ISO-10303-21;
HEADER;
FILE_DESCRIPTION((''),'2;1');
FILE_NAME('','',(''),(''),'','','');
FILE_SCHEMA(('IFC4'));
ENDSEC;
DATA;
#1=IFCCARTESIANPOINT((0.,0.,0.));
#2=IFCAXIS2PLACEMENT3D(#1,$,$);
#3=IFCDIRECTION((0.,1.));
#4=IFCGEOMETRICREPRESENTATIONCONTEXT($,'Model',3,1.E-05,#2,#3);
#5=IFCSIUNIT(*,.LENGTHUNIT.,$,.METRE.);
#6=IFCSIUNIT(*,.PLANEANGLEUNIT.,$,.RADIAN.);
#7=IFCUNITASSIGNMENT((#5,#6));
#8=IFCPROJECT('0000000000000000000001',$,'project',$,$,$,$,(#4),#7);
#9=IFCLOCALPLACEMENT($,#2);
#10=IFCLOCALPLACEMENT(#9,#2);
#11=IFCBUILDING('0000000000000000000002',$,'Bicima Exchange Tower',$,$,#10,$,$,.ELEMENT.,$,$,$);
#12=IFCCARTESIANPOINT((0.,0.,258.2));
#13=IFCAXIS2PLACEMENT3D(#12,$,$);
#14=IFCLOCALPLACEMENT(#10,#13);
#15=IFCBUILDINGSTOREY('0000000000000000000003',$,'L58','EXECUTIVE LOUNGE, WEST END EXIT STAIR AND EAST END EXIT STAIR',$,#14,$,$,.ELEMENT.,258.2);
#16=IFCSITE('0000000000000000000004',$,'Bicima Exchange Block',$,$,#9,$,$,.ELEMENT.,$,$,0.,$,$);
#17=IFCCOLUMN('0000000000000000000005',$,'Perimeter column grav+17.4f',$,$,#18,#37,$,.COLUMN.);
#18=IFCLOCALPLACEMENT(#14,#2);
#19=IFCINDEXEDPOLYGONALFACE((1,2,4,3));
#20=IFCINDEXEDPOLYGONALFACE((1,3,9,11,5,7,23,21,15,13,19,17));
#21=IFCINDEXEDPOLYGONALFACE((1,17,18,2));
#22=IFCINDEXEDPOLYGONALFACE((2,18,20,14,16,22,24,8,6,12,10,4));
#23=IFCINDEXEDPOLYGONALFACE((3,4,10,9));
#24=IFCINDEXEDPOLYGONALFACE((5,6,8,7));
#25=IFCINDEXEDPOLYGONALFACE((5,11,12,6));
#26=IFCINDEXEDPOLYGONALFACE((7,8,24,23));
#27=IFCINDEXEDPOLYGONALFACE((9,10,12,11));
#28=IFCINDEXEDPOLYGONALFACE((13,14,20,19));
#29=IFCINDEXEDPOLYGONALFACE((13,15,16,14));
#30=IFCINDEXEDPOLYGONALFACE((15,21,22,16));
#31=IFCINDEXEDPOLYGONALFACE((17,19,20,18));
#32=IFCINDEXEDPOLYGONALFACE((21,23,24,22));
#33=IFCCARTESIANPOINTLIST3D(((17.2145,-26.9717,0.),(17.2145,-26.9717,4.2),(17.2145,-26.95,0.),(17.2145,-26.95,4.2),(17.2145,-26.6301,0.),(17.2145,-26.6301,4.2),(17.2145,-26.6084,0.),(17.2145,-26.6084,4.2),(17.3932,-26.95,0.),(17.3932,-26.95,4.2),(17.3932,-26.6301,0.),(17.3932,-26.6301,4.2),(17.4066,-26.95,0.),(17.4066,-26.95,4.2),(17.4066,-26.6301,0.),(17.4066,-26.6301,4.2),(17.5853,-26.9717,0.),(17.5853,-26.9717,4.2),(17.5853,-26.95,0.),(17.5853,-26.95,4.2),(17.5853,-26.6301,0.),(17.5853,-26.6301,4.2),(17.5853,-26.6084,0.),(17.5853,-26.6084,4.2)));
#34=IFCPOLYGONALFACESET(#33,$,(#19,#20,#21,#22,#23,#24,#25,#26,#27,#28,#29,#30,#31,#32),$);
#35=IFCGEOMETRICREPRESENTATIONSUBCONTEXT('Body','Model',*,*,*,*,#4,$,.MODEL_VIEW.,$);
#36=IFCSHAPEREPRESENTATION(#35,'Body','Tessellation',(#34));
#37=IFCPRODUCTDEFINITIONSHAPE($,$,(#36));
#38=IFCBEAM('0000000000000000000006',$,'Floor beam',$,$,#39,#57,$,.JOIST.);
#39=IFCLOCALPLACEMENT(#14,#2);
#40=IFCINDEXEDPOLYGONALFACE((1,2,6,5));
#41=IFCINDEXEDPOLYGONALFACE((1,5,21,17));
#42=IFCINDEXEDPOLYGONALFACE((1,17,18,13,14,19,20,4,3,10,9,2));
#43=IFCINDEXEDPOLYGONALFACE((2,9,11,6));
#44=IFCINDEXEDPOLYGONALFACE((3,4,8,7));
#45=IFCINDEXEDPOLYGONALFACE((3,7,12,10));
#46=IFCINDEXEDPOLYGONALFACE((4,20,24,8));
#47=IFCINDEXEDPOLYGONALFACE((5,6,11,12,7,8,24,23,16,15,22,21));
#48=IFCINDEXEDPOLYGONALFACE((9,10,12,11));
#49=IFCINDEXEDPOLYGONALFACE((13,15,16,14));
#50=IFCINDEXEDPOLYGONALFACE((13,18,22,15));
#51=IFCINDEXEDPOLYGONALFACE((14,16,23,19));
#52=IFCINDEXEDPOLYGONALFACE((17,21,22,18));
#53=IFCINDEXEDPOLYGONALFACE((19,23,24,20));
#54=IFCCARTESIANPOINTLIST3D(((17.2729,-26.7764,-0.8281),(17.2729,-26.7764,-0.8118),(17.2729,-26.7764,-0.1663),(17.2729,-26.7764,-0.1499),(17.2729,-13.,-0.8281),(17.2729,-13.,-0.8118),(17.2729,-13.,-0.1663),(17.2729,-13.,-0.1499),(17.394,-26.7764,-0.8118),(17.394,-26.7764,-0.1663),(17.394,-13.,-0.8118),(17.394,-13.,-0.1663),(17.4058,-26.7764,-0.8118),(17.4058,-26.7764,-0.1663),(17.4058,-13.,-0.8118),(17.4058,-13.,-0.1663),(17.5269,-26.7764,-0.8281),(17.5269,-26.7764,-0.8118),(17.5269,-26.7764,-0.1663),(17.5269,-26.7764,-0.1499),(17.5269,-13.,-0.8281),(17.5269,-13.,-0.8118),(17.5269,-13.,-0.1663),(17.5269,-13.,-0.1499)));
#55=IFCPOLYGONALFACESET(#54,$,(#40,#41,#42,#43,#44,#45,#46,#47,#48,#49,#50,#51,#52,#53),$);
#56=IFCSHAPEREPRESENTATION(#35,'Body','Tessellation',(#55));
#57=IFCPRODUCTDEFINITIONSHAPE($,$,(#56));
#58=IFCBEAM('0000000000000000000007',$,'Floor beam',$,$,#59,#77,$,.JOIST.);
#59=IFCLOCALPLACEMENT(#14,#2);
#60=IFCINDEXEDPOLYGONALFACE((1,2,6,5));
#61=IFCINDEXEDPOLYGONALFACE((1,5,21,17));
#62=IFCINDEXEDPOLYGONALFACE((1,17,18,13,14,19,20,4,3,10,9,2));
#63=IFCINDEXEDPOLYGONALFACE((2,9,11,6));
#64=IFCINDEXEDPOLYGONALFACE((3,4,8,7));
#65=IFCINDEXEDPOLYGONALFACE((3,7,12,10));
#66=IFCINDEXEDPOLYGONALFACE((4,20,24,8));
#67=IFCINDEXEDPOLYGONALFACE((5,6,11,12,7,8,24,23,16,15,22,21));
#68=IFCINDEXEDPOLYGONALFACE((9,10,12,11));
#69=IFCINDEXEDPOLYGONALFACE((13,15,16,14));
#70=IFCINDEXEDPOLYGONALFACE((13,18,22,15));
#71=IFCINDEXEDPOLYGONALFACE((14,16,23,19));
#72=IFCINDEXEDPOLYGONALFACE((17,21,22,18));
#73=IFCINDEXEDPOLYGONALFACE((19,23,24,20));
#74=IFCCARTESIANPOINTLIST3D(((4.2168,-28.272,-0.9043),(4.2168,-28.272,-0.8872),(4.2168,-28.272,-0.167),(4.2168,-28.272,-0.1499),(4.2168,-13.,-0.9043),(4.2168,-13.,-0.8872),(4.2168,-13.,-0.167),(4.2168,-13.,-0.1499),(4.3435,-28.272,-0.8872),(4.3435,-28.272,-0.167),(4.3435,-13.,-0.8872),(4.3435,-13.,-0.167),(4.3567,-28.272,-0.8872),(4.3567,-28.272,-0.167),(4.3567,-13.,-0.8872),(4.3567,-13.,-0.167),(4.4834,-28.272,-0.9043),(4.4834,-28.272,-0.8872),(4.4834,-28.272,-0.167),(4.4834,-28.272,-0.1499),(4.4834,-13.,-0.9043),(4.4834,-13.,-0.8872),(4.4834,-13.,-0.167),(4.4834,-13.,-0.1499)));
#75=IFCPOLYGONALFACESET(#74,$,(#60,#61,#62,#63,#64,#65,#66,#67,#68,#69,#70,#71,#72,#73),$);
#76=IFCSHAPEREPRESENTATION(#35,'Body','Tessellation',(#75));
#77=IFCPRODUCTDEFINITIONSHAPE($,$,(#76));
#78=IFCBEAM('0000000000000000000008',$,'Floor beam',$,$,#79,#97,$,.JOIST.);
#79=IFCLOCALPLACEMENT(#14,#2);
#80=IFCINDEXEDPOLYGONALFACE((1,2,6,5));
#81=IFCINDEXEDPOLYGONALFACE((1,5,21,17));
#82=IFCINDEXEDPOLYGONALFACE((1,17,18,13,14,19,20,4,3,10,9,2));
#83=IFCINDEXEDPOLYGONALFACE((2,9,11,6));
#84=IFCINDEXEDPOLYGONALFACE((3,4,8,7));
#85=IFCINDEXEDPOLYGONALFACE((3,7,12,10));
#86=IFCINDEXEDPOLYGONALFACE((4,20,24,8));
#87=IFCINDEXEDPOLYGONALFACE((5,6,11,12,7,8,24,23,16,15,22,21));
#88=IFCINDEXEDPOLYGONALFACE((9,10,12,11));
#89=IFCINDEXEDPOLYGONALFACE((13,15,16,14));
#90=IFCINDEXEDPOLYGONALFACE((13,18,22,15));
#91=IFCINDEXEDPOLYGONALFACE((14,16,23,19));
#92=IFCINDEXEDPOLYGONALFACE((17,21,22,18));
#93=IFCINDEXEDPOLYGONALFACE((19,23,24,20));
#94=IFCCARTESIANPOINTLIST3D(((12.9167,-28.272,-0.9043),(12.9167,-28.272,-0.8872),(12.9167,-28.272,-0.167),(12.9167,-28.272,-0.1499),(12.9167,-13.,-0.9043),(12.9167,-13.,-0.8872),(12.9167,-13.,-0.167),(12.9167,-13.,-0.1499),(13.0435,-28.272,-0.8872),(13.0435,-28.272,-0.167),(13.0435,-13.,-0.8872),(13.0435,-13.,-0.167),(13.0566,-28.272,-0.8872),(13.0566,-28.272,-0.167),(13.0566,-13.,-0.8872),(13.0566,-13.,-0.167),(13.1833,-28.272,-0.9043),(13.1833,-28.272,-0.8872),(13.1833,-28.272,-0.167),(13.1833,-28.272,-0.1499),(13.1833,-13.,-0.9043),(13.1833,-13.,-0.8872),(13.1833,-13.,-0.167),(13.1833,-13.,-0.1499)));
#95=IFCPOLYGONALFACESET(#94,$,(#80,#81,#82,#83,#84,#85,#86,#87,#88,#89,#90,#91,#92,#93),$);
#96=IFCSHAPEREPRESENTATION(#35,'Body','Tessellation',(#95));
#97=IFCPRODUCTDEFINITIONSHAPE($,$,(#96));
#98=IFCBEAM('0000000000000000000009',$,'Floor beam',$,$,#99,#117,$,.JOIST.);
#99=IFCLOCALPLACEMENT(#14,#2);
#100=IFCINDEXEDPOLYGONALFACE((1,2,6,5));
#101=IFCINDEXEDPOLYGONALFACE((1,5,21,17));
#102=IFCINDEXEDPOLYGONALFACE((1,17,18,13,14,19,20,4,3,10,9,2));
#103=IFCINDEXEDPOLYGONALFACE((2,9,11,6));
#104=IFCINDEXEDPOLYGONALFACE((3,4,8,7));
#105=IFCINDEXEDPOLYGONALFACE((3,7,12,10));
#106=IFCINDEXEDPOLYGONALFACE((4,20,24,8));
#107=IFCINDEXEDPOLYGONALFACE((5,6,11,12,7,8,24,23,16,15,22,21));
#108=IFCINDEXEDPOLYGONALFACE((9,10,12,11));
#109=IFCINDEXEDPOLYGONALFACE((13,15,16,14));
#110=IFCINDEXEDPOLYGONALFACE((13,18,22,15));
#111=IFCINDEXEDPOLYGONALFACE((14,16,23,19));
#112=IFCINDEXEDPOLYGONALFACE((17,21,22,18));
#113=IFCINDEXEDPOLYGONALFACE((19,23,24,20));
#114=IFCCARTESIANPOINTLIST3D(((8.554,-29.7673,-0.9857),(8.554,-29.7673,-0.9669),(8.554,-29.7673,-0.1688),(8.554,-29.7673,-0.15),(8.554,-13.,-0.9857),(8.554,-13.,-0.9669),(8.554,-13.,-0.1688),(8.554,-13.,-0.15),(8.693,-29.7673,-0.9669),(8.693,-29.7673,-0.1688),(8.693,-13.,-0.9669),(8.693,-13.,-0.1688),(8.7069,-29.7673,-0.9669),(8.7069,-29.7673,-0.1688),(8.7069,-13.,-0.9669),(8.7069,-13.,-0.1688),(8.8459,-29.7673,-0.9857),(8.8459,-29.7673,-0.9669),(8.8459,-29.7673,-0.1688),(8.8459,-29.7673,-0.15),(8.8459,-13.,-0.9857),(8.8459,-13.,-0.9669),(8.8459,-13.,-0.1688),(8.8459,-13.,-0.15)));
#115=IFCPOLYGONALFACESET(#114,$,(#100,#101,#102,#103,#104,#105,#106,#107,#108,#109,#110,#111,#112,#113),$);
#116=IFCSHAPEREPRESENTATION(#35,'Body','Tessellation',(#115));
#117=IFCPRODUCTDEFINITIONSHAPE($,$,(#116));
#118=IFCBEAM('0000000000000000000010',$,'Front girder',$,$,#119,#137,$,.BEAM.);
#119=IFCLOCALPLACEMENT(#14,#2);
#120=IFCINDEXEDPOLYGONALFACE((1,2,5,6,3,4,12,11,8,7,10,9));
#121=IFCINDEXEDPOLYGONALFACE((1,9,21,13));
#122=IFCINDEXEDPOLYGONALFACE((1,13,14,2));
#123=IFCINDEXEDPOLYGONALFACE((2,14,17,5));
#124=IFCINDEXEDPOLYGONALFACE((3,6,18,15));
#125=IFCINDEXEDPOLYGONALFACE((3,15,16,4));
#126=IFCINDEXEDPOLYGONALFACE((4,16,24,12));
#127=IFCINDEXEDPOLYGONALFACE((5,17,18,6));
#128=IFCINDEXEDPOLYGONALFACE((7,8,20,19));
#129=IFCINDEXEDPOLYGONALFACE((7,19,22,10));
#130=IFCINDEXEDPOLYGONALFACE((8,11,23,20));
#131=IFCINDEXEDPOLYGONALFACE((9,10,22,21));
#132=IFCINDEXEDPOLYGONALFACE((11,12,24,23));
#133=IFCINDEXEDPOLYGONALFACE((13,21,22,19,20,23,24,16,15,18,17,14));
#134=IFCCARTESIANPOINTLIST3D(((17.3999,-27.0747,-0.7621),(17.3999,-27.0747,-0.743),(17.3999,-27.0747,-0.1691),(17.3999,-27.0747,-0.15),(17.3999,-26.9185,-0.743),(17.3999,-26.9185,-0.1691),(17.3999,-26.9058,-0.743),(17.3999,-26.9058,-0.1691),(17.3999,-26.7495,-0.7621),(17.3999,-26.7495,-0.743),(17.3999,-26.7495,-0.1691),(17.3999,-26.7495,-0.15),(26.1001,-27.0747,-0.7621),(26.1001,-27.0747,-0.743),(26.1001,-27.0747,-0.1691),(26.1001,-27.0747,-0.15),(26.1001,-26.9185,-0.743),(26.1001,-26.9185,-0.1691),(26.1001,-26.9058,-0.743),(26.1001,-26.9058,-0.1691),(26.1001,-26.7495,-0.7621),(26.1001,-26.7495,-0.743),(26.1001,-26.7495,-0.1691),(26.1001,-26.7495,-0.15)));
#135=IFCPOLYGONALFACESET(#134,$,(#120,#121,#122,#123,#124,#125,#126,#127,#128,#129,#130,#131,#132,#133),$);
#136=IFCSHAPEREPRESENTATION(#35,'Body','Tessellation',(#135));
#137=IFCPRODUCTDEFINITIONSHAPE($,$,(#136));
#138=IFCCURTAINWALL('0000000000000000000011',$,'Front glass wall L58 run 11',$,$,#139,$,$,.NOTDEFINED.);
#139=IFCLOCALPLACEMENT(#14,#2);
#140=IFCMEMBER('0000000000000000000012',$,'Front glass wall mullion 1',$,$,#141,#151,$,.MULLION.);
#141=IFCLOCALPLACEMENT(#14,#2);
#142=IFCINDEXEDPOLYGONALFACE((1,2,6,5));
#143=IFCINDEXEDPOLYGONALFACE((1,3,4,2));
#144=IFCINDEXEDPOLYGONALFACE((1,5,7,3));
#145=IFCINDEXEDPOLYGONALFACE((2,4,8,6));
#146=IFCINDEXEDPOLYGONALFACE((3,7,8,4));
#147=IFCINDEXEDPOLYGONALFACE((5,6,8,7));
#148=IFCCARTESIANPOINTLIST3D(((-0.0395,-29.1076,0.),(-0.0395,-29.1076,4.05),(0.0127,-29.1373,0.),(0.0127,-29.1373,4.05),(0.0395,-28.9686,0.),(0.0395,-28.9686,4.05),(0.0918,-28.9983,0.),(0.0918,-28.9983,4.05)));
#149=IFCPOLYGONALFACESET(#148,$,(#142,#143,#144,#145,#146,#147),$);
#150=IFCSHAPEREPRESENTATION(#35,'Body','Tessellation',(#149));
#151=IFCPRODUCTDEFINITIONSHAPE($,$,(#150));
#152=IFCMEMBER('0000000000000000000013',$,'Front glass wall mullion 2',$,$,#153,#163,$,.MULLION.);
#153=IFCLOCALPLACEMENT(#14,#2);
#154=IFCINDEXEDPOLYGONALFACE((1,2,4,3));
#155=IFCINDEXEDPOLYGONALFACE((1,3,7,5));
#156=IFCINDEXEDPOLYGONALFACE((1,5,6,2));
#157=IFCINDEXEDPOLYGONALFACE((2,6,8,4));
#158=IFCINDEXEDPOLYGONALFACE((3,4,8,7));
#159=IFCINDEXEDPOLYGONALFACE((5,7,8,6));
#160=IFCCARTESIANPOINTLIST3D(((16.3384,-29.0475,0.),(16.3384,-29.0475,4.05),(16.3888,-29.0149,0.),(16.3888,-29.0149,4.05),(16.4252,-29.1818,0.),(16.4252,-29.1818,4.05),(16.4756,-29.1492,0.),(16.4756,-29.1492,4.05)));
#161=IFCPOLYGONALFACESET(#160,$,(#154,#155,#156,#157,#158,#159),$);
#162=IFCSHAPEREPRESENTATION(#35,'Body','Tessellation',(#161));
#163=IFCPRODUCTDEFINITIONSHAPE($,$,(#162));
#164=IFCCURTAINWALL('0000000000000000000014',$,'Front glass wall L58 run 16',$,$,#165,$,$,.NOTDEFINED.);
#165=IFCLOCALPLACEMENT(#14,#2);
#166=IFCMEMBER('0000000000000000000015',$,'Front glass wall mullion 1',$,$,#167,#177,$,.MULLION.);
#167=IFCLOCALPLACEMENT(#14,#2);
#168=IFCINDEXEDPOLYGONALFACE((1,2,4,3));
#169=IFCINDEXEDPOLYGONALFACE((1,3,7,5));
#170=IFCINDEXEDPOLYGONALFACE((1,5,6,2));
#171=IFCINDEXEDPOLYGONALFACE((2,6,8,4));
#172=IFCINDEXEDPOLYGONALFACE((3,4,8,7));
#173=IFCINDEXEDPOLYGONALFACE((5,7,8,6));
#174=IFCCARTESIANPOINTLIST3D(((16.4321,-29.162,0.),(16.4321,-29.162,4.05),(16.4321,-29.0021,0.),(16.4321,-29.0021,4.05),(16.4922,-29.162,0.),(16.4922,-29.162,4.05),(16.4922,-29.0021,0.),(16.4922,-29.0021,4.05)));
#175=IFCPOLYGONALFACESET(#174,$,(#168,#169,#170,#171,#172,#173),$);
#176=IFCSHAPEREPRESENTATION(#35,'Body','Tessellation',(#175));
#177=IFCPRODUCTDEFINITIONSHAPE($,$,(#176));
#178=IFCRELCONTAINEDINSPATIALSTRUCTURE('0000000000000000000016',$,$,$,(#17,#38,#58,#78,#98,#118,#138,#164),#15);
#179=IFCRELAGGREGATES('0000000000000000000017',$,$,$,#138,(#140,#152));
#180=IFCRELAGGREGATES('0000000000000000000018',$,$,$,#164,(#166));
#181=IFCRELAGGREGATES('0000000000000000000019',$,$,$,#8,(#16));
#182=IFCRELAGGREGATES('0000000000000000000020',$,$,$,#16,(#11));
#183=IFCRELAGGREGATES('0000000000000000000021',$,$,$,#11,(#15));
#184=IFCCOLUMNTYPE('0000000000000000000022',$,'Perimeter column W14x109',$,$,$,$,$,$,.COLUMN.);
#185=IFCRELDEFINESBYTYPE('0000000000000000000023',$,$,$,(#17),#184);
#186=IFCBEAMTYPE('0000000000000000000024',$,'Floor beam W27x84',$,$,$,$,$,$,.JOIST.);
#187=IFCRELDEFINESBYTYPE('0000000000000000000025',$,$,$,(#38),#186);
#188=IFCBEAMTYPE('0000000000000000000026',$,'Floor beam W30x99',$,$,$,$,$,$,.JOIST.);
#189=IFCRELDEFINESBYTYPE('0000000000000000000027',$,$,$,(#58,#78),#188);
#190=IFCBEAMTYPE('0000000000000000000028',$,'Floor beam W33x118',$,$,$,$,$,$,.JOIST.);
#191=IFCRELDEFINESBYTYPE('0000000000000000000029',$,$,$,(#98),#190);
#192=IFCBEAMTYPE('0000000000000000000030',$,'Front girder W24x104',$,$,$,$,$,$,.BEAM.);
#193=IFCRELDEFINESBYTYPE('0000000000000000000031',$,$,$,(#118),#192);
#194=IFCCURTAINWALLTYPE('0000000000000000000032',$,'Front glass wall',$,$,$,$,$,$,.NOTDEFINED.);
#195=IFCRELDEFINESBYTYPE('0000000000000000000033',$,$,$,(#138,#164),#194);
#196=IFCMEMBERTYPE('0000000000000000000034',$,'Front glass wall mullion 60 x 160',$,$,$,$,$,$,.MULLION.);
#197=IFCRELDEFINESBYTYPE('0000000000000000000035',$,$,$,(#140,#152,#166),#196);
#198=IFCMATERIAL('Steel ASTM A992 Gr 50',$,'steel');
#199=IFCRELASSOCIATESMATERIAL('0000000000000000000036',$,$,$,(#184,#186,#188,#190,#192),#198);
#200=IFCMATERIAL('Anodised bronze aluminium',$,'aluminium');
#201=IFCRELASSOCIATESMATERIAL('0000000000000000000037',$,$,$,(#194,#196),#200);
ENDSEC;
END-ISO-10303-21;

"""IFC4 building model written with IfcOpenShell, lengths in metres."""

from ifc_helpers import new_model, si_unit, direction, frame, origin, origin_2d, place, context, subcontext, project, spatial, rectangle, i_section, extrude, material, material_profile, profile_set, type_object, element, aggregate, save


model = new_model("IFC4")

# Units and contexts
model_context = context("Model", 3, precision=1e-05, world=origin(), true_north=direction((0.0, 1.0)))
body_context = subcontext(model_context, "Body", "Model", "MODEL_VIEW")
ifc_project = project(units=[si_unit("LENGTHUNIT", "METRE"), si_unit("PLANEANGLEUNIT", "RADIAN")], contexts=[model_context])

# Site, building, storey
site_placement = place(None, origin())
site = spatial("IfcSite", under=ifc_project, at=site_placement, Name="Bicima Exchange Block", CompositionType="ELEMENT", RefElevation=0.0)
building_placement = place(site_placement, origin())
building = spatial("IfcBuilding", under=site, at=building_placement, Name="Bicima Exchange Tower", CompositionType="ELEMENT")
storey_placement = place(building_placement, frame((0.0, 0.0, 258.2)))
storey = spatial("IfcBuildingStorey", under=building, at=storey_placement, Name="L58", Description="EXECUTIVE LOUNGE, WEST END EXIT STAIR AND EAST END EXIT STAIR", CompositionType="ELEMENT", Elevation=258.2)

# Column
ifc_material_1 = material(Name="Steel ASTM A992 Gr 50", Category="steel")
ifc_material_profile_1 = material_profile(ifc_material_1, i_section(OverallWidth=0.3708, OverallDepth=0.3633, WebThickness=0.0134, FlangeThickness=0.0217, at=origin_2d()))
ifc_profile_set_1 = profile_set([ifc_material_profile_1], Name="Steel ASTM A992 Gr 50")
column_type = type_object("IfcColumnType", Name="Perimeter column W14x109", PredefinedType="COLUMN", material=ifc_profile_set_1)
column_placement = place(storey_placement, frame((17.3999, -26.79, 0.0), z_axis=(0.0, 0.0, 1.0), x_axis=(1.0, 0.0, 0.0)))
element("IfcColumn", 1, at=column_placement, inside=storey, type_object=column_type, Name="Perimeter column grav+17.4f", PredefinedType="COLUMN", context=body_context, shape_type="SweptSolid", body=[
    extrude(i_section(OverallWidth=0.3708, OverallDepth=0.3633, WebThickness=0.0134, FlangeThickness=0.0217, at=origin_2d()), origin(), (0.0, 0.0, 1.0), 4.2),
])

# Beams
ifc_material_profile_2 = material_profile(ifc_material_1, i_section(OverallWidth=0.2539, OverallDepth=0.6782, WebThickness=0.0117, FlangeThickness=0.0164, at=origin_2d()))
ifc_profile_set_2 = profile_set([ifc_material_profile_2], Name="Steel ASTM A992 Gr 50")
beam_type_1 = type_object("IfcBeamType", Name="Floor beam W27x84", PredefinedType="JOIST", material=ifc_profile_set_2)
beam_1_placement = place(storey_placement, frame((17.3999, -13.0, -0.489), z_axis=(0.0, -1.0, 0.0), x_axis=(1.0, 0.0, 0.0)))
element("IfcBeam", 2, at=beam_1_placement, inside=storey, type_object=beam_type_1, Name="Floor beam", PredefinedType="JOIST", context=body_context, shape_type="SweptSolid", body=[
    extrude(i_section(OverallWidth=0.2539, OverallDepth=0.6782, WebThickness=0.0117, FlangeThickness=0.0164, at=origin_2d()), origin(), (0.0, 0.0, 1.0), 13.7764),
])
ifc_material_profile_3 = material_profile(ifc_material_1, i_section(OverallWidth=0.2666, OverallDepth=0.7544, WebThickness=0.0132, FlangeThickness=0.0171, at=origin_2d()))
ifc_profile_set_3 = profile_set([ifc_material_profile_3], Name="Steel ASTM A992 Gr 50")
beam_type_2 = type_object("IfcBeamType", Name="Floor beam W30x99", PredefinedType="JOIST", material=ifc_profile_set_3)
for number, where, z_axis, x_axis, name in (
    (3, (4.3501, -13.0, -0.5271), (0.0, -1.0, 0.0), (1.0, 0.0, 0.0), "Floor beam"),
    (4, (13.05, -13.0, -0.5271), (0.0, -1.0, 0.0), (1.0, 0.0, 0.0), "Floor beam"),
):
    element("IfcBeam", number, at=place(storey_placement, frame(where, z_axis=z_axis, x_axis=x_axis)), inside=storey, type_object=beam_type_2, Name=name, PredefinedType="JOIST", context=body_context, shape_type="SweptSolid", body=[
        extrude(i_section(OverallWidth=0.2666, OverallDepth=0.7544, WebThickness=0.0132, FlangeThickness=0.0171, at=origin_2d()), origin(), (0.0, 0.0, 1.0), 15.272),
    ])
ifc_material_profile_4 = material_profile(ifc_material_1, i_section(OverallWidth=0.292, OverallDepth=0.8357, WebThickness=0.0139, FlangeThickness=0.0188, at=origin_2d()))
ifc_profile_set_4 = profile_set([ifc_material_profile_4], Name="Steel ASTM A992 Gr 50")
beam_type_3 = type_object("IfcBeamType", Name="Floor beam W33x118", PredefinedType="JOIST", material=ifc_profile_set_4)
beam_2_placement = place(storey_placement, frame((8.7, -13.0, -0.5679), z_axis=(0.0, -1.0, 0.0), x_axis=(1.0, 0.0, 0.0)))
element("IfcBeam", 5, at=beam_2_placement, inside=storey, type_object=beam_type_3, Name="Floor beam", PredefinedType="JOIST", context=body_context, shape_type="SweptSolid", body=[
    extrude(i_section(OverallWidth=0.292, OverallDepth=0.8357, WebThickness=0.0139, FlangeThickness=0.0188, at=origin_2d()), origin(), (0.0, 0.0, 1.0), 16.7673),
])
ifc_material_profile_5 = material_profile(ifc_material_1, i_section(OverallWidth=0.3252, OverallDepth=0.6121, WebThickness=0.0127, FlangeThickness=0.019, at=origin_2d()))
ifc_profile_set_5 = profile_set([ifc_material_profile_5], Name="Steel ASTM A992 Gr 50")
beam_type_4 = type_object("IfcBeamType", Name="Front girder W24x104", PredefinedType="BEAM", material=ifc_profile_set_5)
beam_3_placement = place(storey_placement, frame((17.3999, -26.9121, -0.4561), z_axis=(1.0, 0.0, 0.0), x_axis=(0.0, 1.0, 0.0)))
element("IfcBeam", 6, at=beam_3_placement, inside=storey, type_object=beam_type_4, Name="Front girder", PredefinedType="BEAM", context=body_context, shape_type="SweptSolid", body=[
    extrude(i_section(OverallWidth=0.3252, OverallDepth=0.6121, WebThickness=0.0127, FlangeThickness=0.019, at=origin_2d()), origin(), (0.0, 0.0, 1.0), 8.7002),
])

# Curtain wall, members
ifc_material_2 = material(Name="Anodised bronze aluminium", Category="aluminium")
curtain_wall_type = type_object("IfcCurtainWallType", Name="Front glass wall", PredefinedType="NOTDEFINED", material=ifc_material_2)
curtain_wall_1_placement = place(storey_placement, origin())
curtain_wall_1 = element("IfcCurtainWall", 7, at=curtain_wall_1_placement, inside=storey, type_object=curtain_wall_type, Name="Front glass wall L58 run 11", PredefinedType="NOTDEFINED")
ifc_material_profile_6 = material_profile(ifc_material_2, rectangle(XDim=0.1599, YDim=0.0601, at=origin_2d()))
ifc_profile_set_6 = profile_set([ifc_material_profile_6], Name="Anodised bronze aluminium")
member_type_1 = type_object("IfcMemberType", Name="Front glass wall mullion 60 x 160", PredefinedType="MULLION", material=ifc_profile_set_6)
member_1_placement = place(storey_placement, frame((0.0261, -29.053, 0.0), z_axis=(0.0, 0.0, 1.0), x_axis=(0.49433, 0.869274, 0.0)))
member_1 = element("IfcMember", 8, at=member_1_placement, type_object=member_type_1, Name="Front glass wall mullion 1", PredefinedType="MULLION", context=body_context, shape_type="SweptSolid", body=[
    extrude(rectangle(XDim=0.1599, YDim=0.0601, at=origin_2d()), origin(), (0.0, 0.0, 1.0), 4.05),
])
member_2_placement = place(storey_placement, frame((16.407, -29.0984, 0.0), z_axis=(0.0, 0.0, 1.0), x_axis=(-0.542909, 0.839791, 0.0)))
member_2 = element("IfcMember", 9, at=member_2_placement, type_object=member_type_1, Name="Front glass wall mullion 2", PredefinedType="MULLION", context=body_context, shape_type="SweptSolid", body=[
    extrude(rectangle(XDim=0.1599, YDim=0.0601, at=origin_2d()), origin(), (0.0, 0.0, 1.0), 4.05),
])

# Curtain wall, member
curtain_wall_2_placement = place(storey_placement, origin())
curtain_wall_2 = element("IfcCurtainWall", 10, at=curtain_wall_2_placement, inside=storey, type_object=curtain_wall_type, Name="Front glass wall L58 run 16", PredefinedType="NOTDEFINED")
member_3_placement = place(storey_placement, frame((16.4622, -29.082, 0.0), z_axis=(0.0, 0.0, 1.0), x_axis=(0.0, 1.0, 0.0)))
member_3 = element("IfcMember", 11, at=member_3_placement, type_object=member_type_1, Name="Front glass wall mullion 1", PredefinedType="MULLION", context=body_context, shape_type="SweptSolid", body=[
    extrude(rectangle(XDim=0.1599, YDim=0.0601, at=origin_2d()), origin(), (0.0, 0.0, 1.0), 4.05),
])

aggregate(curtain_wall_1, [member_1, member_2])
aggregate(curtain_wall_2, [member_3])

save(model, "model.ifc")
